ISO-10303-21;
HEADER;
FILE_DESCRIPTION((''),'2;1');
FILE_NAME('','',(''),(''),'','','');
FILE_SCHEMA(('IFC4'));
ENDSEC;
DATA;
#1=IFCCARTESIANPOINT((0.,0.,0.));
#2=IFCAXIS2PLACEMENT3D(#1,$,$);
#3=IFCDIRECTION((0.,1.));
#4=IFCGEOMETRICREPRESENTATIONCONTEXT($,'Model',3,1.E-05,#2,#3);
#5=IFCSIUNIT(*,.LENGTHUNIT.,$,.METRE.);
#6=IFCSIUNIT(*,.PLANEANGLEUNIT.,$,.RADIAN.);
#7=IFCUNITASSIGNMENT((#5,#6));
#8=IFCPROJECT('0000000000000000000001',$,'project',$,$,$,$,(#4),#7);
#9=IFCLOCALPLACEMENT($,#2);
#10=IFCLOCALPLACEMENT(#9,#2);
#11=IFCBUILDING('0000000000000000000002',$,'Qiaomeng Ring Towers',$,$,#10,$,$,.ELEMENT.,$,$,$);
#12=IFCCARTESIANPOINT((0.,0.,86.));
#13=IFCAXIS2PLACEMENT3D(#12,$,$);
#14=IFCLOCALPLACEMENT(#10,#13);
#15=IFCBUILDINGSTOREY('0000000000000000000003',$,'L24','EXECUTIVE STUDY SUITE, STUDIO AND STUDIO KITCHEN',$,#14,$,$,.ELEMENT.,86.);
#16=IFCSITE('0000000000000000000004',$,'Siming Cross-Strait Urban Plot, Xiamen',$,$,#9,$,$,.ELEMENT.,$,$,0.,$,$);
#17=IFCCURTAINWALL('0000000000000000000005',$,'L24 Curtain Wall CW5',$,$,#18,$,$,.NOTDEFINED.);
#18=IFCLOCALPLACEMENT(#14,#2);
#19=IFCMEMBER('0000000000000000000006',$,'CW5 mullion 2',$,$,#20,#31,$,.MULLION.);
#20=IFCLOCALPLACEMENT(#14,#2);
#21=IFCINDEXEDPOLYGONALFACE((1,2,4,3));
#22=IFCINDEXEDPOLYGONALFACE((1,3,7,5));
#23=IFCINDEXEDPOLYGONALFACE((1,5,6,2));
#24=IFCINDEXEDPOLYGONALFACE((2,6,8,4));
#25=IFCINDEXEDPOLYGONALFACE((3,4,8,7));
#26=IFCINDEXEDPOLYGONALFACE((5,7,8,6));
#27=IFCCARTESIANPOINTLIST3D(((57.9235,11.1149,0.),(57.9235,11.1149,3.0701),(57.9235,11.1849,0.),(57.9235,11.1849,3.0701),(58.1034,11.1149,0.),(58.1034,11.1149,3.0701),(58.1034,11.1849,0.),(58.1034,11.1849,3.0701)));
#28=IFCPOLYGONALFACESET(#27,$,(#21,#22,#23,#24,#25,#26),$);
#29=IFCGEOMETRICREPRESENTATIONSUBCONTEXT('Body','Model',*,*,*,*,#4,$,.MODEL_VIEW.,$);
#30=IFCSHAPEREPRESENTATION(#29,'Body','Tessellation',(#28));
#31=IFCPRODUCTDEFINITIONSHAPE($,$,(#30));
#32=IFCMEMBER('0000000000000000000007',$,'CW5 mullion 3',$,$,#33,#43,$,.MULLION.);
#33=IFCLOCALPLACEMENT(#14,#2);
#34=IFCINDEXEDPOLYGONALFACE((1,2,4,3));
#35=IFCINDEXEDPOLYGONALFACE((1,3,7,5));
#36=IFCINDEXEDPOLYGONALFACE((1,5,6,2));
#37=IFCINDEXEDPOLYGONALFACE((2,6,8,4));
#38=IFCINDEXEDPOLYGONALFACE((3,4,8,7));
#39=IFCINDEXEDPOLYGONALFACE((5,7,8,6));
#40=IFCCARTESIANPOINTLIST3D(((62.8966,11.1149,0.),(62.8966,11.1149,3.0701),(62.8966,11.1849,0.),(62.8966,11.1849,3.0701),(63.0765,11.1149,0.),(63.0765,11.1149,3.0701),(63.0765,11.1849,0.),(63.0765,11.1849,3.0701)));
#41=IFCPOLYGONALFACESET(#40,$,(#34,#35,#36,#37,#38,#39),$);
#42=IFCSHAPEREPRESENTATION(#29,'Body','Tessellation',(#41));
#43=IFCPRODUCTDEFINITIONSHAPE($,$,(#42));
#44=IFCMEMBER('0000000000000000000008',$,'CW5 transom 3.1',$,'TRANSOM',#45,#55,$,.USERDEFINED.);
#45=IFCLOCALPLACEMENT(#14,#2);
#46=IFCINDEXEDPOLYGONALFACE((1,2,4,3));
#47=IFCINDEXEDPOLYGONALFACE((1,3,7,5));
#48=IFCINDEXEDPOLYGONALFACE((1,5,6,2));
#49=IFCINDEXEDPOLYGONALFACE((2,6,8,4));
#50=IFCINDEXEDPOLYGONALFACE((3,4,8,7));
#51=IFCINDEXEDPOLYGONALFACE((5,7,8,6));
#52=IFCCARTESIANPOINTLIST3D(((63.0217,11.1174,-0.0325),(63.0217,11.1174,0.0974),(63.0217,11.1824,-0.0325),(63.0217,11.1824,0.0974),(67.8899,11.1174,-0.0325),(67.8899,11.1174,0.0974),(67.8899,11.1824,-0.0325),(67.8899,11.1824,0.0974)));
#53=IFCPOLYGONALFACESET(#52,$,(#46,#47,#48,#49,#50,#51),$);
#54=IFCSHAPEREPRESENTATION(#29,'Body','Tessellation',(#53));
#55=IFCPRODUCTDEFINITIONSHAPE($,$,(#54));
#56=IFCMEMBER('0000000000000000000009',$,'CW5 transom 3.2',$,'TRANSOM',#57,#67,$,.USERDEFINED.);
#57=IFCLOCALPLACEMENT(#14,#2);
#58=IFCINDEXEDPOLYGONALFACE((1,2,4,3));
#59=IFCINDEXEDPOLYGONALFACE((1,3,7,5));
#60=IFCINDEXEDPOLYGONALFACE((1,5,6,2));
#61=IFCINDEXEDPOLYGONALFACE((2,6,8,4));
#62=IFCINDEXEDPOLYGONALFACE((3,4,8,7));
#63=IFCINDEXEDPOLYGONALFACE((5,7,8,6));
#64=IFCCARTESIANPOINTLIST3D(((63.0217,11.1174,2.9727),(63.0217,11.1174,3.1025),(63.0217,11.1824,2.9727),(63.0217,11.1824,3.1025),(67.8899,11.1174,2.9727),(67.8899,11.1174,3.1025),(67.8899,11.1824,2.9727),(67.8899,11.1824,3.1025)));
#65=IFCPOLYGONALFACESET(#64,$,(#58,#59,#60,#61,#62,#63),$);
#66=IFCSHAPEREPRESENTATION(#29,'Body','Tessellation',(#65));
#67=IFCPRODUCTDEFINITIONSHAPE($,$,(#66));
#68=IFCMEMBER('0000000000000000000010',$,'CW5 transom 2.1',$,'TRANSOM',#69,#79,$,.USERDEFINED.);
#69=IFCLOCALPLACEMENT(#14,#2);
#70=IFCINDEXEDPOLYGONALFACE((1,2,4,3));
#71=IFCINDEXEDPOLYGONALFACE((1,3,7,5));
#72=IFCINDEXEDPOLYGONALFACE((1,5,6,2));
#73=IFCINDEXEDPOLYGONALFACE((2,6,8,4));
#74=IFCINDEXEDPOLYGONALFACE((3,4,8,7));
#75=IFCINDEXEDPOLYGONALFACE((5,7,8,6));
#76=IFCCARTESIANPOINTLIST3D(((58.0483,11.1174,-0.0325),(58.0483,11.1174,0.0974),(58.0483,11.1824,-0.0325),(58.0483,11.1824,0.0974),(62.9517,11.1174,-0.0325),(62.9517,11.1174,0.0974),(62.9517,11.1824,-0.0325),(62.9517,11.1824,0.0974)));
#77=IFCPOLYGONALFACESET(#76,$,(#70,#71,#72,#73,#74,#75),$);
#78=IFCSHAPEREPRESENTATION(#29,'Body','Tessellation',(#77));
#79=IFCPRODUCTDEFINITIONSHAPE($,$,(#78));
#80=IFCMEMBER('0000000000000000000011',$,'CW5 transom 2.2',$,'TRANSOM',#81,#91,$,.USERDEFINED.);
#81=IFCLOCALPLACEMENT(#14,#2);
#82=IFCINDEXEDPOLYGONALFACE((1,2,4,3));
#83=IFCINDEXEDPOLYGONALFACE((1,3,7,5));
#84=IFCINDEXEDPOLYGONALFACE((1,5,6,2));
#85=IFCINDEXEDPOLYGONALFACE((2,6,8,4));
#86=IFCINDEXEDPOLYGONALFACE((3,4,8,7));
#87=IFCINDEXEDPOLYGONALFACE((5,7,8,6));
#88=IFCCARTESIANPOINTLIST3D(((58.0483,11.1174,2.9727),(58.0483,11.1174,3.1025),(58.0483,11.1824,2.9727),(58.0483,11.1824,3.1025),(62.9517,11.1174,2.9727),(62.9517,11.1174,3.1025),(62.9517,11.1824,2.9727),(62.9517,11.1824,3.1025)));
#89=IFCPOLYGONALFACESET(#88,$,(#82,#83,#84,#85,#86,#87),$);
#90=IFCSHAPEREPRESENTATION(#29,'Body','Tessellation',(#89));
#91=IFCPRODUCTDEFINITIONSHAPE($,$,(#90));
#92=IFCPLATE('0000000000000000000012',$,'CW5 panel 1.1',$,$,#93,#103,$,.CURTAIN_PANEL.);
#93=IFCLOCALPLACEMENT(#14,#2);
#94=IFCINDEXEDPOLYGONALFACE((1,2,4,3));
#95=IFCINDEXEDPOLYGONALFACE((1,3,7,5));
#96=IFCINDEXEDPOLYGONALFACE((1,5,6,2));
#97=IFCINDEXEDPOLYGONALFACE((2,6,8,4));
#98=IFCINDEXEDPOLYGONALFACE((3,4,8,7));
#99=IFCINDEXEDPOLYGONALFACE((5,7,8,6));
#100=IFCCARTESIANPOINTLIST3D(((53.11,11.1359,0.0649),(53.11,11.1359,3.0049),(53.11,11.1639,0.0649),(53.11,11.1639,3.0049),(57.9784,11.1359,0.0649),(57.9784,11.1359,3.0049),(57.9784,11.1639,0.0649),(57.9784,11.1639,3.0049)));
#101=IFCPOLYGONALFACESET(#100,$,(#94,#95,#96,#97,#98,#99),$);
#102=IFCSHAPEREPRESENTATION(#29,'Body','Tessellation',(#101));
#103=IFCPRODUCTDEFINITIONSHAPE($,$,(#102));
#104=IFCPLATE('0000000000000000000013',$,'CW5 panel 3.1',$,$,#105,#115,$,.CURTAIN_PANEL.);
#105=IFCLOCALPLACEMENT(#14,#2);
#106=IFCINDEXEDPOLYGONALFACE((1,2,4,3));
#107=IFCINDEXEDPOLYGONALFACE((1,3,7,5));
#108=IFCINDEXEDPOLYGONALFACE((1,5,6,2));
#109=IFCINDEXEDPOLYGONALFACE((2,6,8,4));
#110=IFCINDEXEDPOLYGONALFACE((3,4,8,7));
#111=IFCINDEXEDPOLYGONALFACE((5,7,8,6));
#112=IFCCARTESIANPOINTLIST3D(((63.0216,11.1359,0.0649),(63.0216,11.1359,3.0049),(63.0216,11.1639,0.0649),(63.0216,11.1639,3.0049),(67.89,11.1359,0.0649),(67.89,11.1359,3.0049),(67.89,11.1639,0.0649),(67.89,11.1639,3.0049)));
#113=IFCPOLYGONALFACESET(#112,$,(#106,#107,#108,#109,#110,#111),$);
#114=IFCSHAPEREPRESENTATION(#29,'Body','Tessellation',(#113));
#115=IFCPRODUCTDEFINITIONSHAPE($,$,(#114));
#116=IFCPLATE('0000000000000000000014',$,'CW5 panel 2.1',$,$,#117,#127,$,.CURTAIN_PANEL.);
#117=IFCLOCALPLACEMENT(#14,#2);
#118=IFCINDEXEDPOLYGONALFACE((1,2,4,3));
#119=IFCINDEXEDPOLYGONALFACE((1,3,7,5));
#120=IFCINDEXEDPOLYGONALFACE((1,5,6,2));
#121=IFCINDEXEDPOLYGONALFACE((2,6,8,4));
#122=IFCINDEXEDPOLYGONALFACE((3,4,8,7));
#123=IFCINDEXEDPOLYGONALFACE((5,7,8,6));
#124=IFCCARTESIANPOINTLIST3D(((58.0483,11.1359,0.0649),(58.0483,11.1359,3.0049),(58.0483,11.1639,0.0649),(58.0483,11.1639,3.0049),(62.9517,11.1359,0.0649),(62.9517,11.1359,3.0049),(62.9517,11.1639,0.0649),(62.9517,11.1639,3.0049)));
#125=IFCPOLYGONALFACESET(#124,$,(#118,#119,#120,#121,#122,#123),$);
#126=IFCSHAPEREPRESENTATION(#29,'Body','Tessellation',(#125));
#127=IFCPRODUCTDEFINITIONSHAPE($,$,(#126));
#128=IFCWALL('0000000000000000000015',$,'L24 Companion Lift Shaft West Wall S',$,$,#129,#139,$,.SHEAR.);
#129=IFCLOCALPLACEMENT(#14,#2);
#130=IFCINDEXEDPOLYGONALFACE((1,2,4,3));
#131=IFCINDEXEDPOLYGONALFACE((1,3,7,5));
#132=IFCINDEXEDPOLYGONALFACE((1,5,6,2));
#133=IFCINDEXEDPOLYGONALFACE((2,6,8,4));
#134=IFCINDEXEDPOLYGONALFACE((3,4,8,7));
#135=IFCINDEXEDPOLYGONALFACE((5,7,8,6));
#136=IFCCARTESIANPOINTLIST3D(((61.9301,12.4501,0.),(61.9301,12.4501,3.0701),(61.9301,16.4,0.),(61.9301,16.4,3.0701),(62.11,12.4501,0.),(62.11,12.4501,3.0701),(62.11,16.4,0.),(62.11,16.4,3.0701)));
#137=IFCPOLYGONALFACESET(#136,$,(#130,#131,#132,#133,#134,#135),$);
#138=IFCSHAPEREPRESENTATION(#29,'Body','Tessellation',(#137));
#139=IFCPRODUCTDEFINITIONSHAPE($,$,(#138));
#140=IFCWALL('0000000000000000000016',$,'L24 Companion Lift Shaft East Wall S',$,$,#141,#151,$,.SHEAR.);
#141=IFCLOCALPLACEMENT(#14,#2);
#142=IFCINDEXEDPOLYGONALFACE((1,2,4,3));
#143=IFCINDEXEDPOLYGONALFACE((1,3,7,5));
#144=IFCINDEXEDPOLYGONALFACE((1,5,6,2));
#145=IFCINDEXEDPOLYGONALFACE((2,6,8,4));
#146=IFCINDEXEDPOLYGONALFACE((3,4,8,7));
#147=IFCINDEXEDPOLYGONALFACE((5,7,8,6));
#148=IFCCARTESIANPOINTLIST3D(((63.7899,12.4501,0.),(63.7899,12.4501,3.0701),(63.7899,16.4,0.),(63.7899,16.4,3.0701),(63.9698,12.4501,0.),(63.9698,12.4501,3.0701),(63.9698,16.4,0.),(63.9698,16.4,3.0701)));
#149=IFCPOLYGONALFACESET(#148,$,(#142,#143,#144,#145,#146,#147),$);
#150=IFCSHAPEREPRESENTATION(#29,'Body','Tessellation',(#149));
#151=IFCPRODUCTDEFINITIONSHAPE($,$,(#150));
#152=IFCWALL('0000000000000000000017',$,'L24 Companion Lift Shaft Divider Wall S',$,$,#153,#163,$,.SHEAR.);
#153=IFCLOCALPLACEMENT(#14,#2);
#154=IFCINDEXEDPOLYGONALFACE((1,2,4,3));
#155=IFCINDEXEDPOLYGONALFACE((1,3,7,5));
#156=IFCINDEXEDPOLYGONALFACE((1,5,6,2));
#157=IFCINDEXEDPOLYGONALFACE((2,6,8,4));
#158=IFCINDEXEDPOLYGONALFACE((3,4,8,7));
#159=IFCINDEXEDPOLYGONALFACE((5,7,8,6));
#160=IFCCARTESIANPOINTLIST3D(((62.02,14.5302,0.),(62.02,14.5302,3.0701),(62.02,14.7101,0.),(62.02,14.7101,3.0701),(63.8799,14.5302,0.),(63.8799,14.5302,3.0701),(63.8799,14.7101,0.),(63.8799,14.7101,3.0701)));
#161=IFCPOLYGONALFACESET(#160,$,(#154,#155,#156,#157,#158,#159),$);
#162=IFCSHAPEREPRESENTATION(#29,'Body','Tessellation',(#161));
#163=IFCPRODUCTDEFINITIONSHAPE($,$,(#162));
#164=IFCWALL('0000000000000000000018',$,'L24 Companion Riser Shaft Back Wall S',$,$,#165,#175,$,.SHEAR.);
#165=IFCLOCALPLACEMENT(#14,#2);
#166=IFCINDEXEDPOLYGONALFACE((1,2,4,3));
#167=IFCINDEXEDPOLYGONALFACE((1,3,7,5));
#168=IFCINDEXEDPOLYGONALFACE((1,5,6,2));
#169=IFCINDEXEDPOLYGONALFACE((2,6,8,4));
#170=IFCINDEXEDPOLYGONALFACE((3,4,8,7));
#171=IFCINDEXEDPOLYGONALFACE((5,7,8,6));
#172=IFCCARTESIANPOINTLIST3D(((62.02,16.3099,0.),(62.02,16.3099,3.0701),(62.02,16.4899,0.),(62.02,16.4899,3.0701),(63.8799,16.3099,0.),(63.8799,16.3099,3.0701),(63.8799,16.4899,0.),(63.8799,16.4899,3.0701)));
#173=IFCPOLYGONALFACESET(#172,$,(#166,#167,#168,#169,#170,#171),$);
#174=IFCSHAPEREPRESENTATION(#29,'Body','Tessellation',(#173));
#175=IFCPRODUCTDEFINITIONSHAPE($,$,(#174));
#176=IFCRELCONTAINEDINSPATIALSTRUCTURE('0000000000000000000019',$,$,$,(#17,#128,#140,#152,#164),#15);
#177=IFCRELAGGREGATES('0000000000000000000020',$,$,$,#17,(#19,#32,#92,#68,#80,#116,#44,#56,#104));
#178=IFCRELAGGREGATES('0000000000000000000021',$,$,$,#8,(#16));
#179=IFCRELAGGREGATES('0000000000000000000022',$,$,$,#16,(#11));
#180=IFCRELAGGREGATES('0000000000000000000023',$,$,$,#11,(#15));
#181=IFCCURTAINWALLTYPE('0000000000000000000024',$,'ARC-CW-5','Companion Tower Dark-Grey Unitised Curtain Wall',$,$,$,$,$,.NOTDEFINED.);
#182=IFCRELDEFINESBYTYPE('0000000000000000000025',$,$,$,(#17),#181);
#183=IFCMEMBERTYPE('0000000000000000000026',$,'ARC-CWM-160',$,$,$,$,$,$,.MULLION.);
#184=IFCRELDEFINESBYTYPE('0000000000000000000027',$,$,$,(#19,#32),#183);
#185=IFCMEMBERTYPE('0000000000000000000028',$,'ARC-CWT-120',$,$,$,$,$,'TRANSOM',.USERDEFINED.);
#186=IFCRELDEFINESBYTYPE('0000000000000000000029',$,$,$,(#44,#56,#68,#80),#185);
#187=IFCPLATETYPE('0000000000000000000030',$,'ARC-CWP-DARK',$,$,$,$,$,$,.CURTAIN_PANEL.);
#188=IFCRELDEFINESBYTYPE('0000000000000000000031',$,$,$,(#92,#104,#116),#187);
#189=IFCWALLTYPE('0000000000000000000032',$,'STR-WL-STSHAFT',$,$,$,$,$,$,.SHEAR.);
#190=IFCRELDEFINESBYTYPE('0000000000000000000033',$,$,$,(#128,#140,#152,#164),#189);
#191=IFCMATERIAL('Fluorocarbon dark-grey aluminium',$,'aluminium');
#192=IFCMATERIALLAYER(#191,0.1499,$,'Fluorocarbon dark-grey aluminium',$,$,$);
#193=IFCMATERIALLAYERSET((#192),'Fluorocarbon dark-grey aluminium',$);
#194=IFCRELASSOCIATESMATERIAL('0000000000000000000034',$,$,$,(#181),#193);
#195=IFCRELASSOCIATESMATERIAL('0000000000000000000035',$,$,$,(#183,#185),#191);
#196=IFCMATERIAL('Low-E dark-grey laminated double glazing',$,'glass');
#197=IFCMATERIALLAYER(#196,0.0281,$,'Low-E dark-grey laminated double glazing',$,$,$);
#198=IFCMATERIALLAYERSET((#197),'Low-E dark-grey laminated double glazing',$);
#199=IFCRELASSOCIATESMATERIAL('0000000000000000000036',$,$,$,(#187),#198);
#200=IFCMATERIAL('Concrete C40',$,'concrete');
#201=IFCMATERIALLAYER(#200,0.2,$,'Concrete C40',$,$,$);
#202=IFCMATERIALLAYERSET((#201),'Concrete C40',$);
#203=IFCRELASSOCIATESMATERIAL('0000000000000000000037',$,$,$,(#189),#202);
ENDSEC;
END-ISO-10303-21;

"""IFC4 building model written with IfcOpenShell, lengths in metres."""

from ifc_helpers import new_model, si_unit, direction, frame, frame_2d, origin, origin_2d, place, context, subcontext, project, spatial, rectangle, extrude, source, transform, mapped, material, layer, layer_set, material_profile, profile_set, type_object, element, aggregate, save


model = new_model("IFC4")

# Units and contexts
model_context = context("Model", 3, precision=1e-05, world=origin(), true_north=direction((0.0, 1.0)))
body_context = subcontext(model_context, "Body", "Model", "MODEL_VIEW")
ifc_project = project(units=[si_unit("LENGTHUNIT", "METRE"), si_unit("PLANEANGLEUNIT", "RADIAN")], contexts=[model_context])

# Site, building, storey
site_placement = place(None, origin())
site = spatial("IfcSite", under=ifc_project, at=site_placement, Name="Siming Cross-Strait Urban Plot, Xiamen", CompositionType="ELEMENT", RefElevation=0.0)
building_placement = place(site_placement, origin())
building = spatial("IfcBuilding", under=site, at=building_placement, Name="Qiaomeng Ring Towers", CompositionType="ELEMENT")
storey_placement = place(building_placement, frame((0.0, 0.0, 86.0)))
storey = spatial("IfcBuildingStorey", under=building, at=storey_placement, Name="L24", Description="EXECUTIVE STUDY SUITE, STUDIO AND STUDIO KITCHEN", CompositionType="ELEMENT", Elevation=86.0)

# Curtain wall, members, plates
ifc_material_1 = material(Name="Fluorocarbon dark-grey aluminium", Category="aluminium")
ifc_layer_1 = layer(ifc_material_1, 0.1499, Name="Fluorocarbon dark-grey aluminium")
ifc_layer_set_1 = layer_set([ifc_layer_1], Name="Fluorocarbon dark-grey aluminium")
curtain_wall_type = type_object("IfcCurtainWallType", Name="ARC-CW-5", Description="Companion Tower Dark-Grey Unitised Curtain Wall", PredefinedType="NOTDEFINED", material=ifc_layer_set_1)
curtain_wall_placement = place(storey_placement, origin())
curtain_wall = element("IfcCurtainWall", 1, at=curtain_wall_placement, inside=storey, type_object=curtain_wall_type, Name="L24 Curtain Wall CW5", PredefinedType="NOTDEFINED")
ifc_material_profile_1 = material_profile(ifc_material_1, rectangle(XDim=0.0701, YDim=0.1799, at=origin_2d()), Name="ALU MULL 70x180")
ifc_profile_set_1 = profile_set([ifc_material_profile_1], Name="Fluorocarbon dark-grey aluminium")
member_type_1 = type_object("IfcMemberType", Name="ARC-CWM-160", PredefinedType="MULLION", material=ifc_profile_set_1)
shared_shape_1 = source(origin(), body_context, "Body", "SweptSolid", [
    extrude(rectangle(XDim=0.0701, YDim=0.1799, at=origin_2d()), origin(), (0.0, 0.0, 1.0), 3.0701),
])
member_1_placement = place(storey_placement, frame((58.0134, 11.1499, 0.0), z_axis=(0.0, 0.0, 1.0), x_axis=(0.0, 1.0, 0.0)))
member_1 = element("IfcMember", 2, at=member_1_placement, type_object=member_type_1, Name="CW5 mullion 2", PredefinedType="MULLION", context=body_context, shape_type="MappedRepresentation", body=[
    mapped(shared_shape_1, transform((0.0, 0.0, 0.0), x_axis=(1.0, 0.0, 0.0), y_axis=(0.0, 1.0, 0.0), z_axis=(0.0, 0.0, 1.0), scale=1.0)),
])
member_2_placement = place(storey_placement, frame((62.9866, 11.1499, 0.0), z_axis=(0.0, 0.0, 1.0), x_axis=(0.0, 1.0, 0.0)))
member_2 = element("IfcMember", 3, at=member_2_placement, type_object=member_type_1, Name="CW5 mullion 3", PredefinedType="MULLION", context=body_context, shape_type="MappedRepresentation", body=[
    mapped(shared_shape_1, transform((0.0, 0.0, 0.0), x_axis=(1.0, 0.0, 0.0), y_axis=(0.0, 1.0, 0.0), z_axis=(0.0, 0.0, 1.0), scale=1.0)),
])
ifc_material_profile_2 = material_profile(ifc_material_1, rectangle(XDim=0.0649, YDim=0.1299, at=origin_2d()), Name="ALU TRAN 65x130")
ifc_profile_set_2 = profile_set([ifc_material_profile_2], Name="Fluorocarbon dark-grey aluminium")
member_type_2 = type_object("IfcMemberType", Name="ARC-CWT-120", ElementType="TRANSOM", PredefinedType="USERDEFINED", material=ifc_profile_set_2)
shared_shape_2 = source(origin(), body_context, "Body", "SweptSolid", [
    extrude(rectangle(XDim=0.0649, YDim=0.1299, at=origin_2d()), origin(), (0.0, 0.0, 1.0), 4.8682),
])
member_3_placement = place(storey_placement, frame((63.0217, 11.1499, 0.0325), z_axis=(1.0, 0.0, 0.0), x_axis=(0.0, 1.0, 0.0)))
member_3 = element("IfcMember", 4, at=member_3_placement, type_object=member_type_2, Name="CW5 transom 3.1", ObjectType="TRANSOM", PredefinedType="USERDEFINED", context=body_context, shape_type="MappedRepresentation", body=[
    mapped(shared_shape_2, transform((0.0, 0.0, 0.0), x_axis=(1.0, 0.0, 0.0), y_axis=(0.0, 1.0, 0.0), z_axis=(0.0, 0.0, 1.0), scale=1.0)),
])
member_4_placement = place(storey_placement, frame((63.0217, 11.1499, 3.0376), z_axis=(1.0, 0.0, 0.0), x_axis=(0.0, 1.0, 0.0)))
member_4 = element("IfcMember", 5, at=member_4_placement, type_object=member_type_2, Name="CW5 transom 3.2", ObjectType="TRANSOM", PredefinedType="USERDEFINED", context=body_context, shape_type="MappedRepresentation", body=[
    mapped(shared_shape_2, transform((0.0, 0.0, 0.0), x_axis=(1.0, 0.0, 0.0), y_axis=(0.0, 1.0, 0.0), z_axis=(0.0, 0.0, 1.0), scale=1.0)),
])
shared_shape_3 = source(origin(), body_context, "Body", "SweptSolid", [
    extrude(rectangle(XDim=0.0649, YDim=0.1299, at=origin_2d()), origin(), (0.0, 0.0, 1.0), 4.9033),
])
member_5_placement = place(storey_placement, frame((58.0483, 11.1499, 0.0325), z_axis=(1.0, 0.0, 0.0), x_axis=(0.0, 1.0, 0.0)))
member_5 = element("IfcMember", 6, at=member_5_placement, type_object=member_type_2, Name="CW5 transom 2.1", ObjectType="TRANSOM", PredefinedType="USERDEFINED", context=body_context, shape_type="MappedRepresentation", body=[
    mapped(shared_shape_3, transform((0.0, 0.0, 0.0), x_axis=(1.0, 0.0, 0.0), y_axis=(0.0, 1.0, 0.0), z_axis=(0.0, 0.0, 1.0), scale=1.0)),
])
member_6_placement = place(storey_placement, frame((58.0483, 11.1499, 3.0376), z_axis=(1.0, 0.0, 0.0), x_axis=(0.0, 1.0, 0.0)))
member_6 = element("IfcMember", 7, at=member_6_placement, type_object=member_type_2, Name="CW5 transom 2.2", ObjectType="TRANSOM", PredefinedType="USERDEFINED", context=body_context, shape_type="MappedRepresentation", body=[
    mapped(shared_shape_3, transform((0.0, 0.0, 0.0), x_axis=(1.0, 0.0, 0.0), y_axis=(0.0, 1.0, 0.0), z_axis=(0.0, 0.0, 1.0), scale=1.0)),
])
ifc_material_2 = material(Name="Low-E dark-grey laminated double glazing", Category="glass")
ifc_layer_2 = layer(ifc_material_2, 0.0281, Name="Low-E dark-grey laminated double glazing")
ifc_layer_set_2 = layer_set([ifc_layer_2], Name="Low-E dark-grey laminated double glazing")
plate_type = type_object("IfcPlateType", Name="ARC-CWP-DARK", PredefinedType="CURTAIN_PANEL", material=ifc_layer_set_2)
shared_shape_4 = source(origin(), body_context, "Body", "SweptSolid", [
    extrude(rectangle(XDim=4.8684, YDim=0.0281, at=origin_2d()), origin(), (0.0, 0.0, 1.0), 2.9399),
])
plate_1_placement = place(storey_placement, frame((55.5442, 11.1499, 0.0649), z_axis=(0.0, 0.0, 1.0), x_axis=(1.0, 0.0, 0.0)))
plate_1 = element("IfcPlate", 8, at=plate_1_placement, type_object=plate_type, Name="CW5 panel 1.1", PredefinedType="CURTAIN_PANEL", context=body_context, shape_type="MappedRepresentation", body=[
    mapped(shared_shape_4, transform((0.0, 0.0, 0.0), x_axis=(1.0, 0.0, 0.0), y_axis=(0.0, 1.0, 0.0), z_axis=(0.0, 0.0, 1.0), scale=1.0)),
])
plate_2_placement = place(storey_placement, frame((65.4558, 11.1499, 0.0649), z_axis=(0.0, 0.0, 1.0), x_axis=(1.0, 0.0, 0.0)))
plate_2 = element("IfcPlate", 9, at=plate_2_placement, type_object=plate_type, Name="CW5 panel 3.1", PredefinedType="CURTAIN_PANEL", context=body_context, shape_type="MappedRepresentation", body=[
    mapped(shared_shape_4, transform((0.0, 0.0, 0.0), x_axis=(1.0, 0.0, 0.0), y_axis=(0.0, 1.0, 0.0), z_axis=(0.0, 0.0, 1.0), scale=1.0)),
])
shared_shape_5 = source(origin(), body_context, "Body", "SweptSolid", [
    extrude(rectangle(XDim=4.9033, YDim=0.0281, at=origin_2d()), origin(), (0.0, 0.0, 1.0), 2.9399),
])
plate_3_placement = place(storey_placement, frame((60.5, 11.1499, 0.0649), z_axis=(0.0, 0.0, 1.0), x_axis=(1.0, 0.0, 0.0)))
plate_3 = element("IfcPlate", 10, at=plate_3_placement, type_object=plate_type, Name="CW5 panel 2.1", PredefinedType="CURTAIN_PANEL", context=body_context, shape_type="MappedRepresentation", body=[
    mapped(shared_shape_5, transform((0.0, 0.0, 0.0), x_axis=(1.0, 0.0, 0.0), y_axis=(0.0, 1.0, 0.0), z_axis=(0.0, 0.0, 1.0), scale=1.0)),
])
aggregate(curtain_wall, [member_1, member_2, plate_1, member_5, member_6, plate_3, member_3, member_4, plate_2])

# Walls
ifc_material_3 = material(Name="Concrete C40", Category="concrete")
ifc_layer_3 = layer(ifc_material_3, 0.2, Name="Concrete C40")
ifc_layer_set_3 = layer_set([ifc_layer_3], Name="Concrete C40")
wall_type_1 = type_object("IfcWallType", Name="STR-WL-STSHAFT", PredefinedType="SHEAR", material=ifc_layer_set_3)
for number, where, z_axis, x_axis, name in (
    (11, (62.02, 12.45, 0.0), (0.0, 0.0, 1.0), (0.0, 1.0, 0.0), "L24 Companion Lift Shaft West Wall S"),
    (12, (63.8799, 12.45, 0.0), (0.0, 0.0, 1.0), (0.0, 1.0, 0.0), "L24 Companion Lift Shaft East Wall S"),
):
    element("IfcWall", number, at=place(storey_placement, frame(where, z_axis=z_axis, x_axis=x_axis)), inside=storey, type_object=wall_type_1, Name=name, PredefinedType="SHEAR", context=body_context, shape_type="SweptSolid", body=[
        extrude(rectangle(XDim=3.95, YDim=0.1799, at=frame_2d((1.9751, 0.0))), origin(), (0.0, 0.0, 1.0), 3.0701),
    ])
for number, where, z_axis, x_axis, name in (
    (13, (62.02, 14.6201, 0.0), (0.0, 0.0, 1.0), (1.0, 0.0, 0.0), "L24 Companion Lift Shaft Divider Wall S"),
    (14, (62.02, 16.3999, 0.0), (0.0, 0.0, 1.0), (1.0, 0.0, 0.0), "L24 Companion Riser Shaft Back Wall S"),
):
    element("IfcWall", number, at=place(storey_placement, frame(where, z_axis=z_axis, x_axis=x_axis)), inside=storey, type_object=wall_type_1, Name=name, PredefinedType="SHEAR", context=body_context, shape_type="SweptSolid", body=[
        extrude(rectangle(XDim=1.8599, YDim=0.1799, at=frame_2d((0.9299, 0.0))), origin(), (0.0, 0.0, 1.0), 3.0701),
    ])

save(model, "model.ifc")
